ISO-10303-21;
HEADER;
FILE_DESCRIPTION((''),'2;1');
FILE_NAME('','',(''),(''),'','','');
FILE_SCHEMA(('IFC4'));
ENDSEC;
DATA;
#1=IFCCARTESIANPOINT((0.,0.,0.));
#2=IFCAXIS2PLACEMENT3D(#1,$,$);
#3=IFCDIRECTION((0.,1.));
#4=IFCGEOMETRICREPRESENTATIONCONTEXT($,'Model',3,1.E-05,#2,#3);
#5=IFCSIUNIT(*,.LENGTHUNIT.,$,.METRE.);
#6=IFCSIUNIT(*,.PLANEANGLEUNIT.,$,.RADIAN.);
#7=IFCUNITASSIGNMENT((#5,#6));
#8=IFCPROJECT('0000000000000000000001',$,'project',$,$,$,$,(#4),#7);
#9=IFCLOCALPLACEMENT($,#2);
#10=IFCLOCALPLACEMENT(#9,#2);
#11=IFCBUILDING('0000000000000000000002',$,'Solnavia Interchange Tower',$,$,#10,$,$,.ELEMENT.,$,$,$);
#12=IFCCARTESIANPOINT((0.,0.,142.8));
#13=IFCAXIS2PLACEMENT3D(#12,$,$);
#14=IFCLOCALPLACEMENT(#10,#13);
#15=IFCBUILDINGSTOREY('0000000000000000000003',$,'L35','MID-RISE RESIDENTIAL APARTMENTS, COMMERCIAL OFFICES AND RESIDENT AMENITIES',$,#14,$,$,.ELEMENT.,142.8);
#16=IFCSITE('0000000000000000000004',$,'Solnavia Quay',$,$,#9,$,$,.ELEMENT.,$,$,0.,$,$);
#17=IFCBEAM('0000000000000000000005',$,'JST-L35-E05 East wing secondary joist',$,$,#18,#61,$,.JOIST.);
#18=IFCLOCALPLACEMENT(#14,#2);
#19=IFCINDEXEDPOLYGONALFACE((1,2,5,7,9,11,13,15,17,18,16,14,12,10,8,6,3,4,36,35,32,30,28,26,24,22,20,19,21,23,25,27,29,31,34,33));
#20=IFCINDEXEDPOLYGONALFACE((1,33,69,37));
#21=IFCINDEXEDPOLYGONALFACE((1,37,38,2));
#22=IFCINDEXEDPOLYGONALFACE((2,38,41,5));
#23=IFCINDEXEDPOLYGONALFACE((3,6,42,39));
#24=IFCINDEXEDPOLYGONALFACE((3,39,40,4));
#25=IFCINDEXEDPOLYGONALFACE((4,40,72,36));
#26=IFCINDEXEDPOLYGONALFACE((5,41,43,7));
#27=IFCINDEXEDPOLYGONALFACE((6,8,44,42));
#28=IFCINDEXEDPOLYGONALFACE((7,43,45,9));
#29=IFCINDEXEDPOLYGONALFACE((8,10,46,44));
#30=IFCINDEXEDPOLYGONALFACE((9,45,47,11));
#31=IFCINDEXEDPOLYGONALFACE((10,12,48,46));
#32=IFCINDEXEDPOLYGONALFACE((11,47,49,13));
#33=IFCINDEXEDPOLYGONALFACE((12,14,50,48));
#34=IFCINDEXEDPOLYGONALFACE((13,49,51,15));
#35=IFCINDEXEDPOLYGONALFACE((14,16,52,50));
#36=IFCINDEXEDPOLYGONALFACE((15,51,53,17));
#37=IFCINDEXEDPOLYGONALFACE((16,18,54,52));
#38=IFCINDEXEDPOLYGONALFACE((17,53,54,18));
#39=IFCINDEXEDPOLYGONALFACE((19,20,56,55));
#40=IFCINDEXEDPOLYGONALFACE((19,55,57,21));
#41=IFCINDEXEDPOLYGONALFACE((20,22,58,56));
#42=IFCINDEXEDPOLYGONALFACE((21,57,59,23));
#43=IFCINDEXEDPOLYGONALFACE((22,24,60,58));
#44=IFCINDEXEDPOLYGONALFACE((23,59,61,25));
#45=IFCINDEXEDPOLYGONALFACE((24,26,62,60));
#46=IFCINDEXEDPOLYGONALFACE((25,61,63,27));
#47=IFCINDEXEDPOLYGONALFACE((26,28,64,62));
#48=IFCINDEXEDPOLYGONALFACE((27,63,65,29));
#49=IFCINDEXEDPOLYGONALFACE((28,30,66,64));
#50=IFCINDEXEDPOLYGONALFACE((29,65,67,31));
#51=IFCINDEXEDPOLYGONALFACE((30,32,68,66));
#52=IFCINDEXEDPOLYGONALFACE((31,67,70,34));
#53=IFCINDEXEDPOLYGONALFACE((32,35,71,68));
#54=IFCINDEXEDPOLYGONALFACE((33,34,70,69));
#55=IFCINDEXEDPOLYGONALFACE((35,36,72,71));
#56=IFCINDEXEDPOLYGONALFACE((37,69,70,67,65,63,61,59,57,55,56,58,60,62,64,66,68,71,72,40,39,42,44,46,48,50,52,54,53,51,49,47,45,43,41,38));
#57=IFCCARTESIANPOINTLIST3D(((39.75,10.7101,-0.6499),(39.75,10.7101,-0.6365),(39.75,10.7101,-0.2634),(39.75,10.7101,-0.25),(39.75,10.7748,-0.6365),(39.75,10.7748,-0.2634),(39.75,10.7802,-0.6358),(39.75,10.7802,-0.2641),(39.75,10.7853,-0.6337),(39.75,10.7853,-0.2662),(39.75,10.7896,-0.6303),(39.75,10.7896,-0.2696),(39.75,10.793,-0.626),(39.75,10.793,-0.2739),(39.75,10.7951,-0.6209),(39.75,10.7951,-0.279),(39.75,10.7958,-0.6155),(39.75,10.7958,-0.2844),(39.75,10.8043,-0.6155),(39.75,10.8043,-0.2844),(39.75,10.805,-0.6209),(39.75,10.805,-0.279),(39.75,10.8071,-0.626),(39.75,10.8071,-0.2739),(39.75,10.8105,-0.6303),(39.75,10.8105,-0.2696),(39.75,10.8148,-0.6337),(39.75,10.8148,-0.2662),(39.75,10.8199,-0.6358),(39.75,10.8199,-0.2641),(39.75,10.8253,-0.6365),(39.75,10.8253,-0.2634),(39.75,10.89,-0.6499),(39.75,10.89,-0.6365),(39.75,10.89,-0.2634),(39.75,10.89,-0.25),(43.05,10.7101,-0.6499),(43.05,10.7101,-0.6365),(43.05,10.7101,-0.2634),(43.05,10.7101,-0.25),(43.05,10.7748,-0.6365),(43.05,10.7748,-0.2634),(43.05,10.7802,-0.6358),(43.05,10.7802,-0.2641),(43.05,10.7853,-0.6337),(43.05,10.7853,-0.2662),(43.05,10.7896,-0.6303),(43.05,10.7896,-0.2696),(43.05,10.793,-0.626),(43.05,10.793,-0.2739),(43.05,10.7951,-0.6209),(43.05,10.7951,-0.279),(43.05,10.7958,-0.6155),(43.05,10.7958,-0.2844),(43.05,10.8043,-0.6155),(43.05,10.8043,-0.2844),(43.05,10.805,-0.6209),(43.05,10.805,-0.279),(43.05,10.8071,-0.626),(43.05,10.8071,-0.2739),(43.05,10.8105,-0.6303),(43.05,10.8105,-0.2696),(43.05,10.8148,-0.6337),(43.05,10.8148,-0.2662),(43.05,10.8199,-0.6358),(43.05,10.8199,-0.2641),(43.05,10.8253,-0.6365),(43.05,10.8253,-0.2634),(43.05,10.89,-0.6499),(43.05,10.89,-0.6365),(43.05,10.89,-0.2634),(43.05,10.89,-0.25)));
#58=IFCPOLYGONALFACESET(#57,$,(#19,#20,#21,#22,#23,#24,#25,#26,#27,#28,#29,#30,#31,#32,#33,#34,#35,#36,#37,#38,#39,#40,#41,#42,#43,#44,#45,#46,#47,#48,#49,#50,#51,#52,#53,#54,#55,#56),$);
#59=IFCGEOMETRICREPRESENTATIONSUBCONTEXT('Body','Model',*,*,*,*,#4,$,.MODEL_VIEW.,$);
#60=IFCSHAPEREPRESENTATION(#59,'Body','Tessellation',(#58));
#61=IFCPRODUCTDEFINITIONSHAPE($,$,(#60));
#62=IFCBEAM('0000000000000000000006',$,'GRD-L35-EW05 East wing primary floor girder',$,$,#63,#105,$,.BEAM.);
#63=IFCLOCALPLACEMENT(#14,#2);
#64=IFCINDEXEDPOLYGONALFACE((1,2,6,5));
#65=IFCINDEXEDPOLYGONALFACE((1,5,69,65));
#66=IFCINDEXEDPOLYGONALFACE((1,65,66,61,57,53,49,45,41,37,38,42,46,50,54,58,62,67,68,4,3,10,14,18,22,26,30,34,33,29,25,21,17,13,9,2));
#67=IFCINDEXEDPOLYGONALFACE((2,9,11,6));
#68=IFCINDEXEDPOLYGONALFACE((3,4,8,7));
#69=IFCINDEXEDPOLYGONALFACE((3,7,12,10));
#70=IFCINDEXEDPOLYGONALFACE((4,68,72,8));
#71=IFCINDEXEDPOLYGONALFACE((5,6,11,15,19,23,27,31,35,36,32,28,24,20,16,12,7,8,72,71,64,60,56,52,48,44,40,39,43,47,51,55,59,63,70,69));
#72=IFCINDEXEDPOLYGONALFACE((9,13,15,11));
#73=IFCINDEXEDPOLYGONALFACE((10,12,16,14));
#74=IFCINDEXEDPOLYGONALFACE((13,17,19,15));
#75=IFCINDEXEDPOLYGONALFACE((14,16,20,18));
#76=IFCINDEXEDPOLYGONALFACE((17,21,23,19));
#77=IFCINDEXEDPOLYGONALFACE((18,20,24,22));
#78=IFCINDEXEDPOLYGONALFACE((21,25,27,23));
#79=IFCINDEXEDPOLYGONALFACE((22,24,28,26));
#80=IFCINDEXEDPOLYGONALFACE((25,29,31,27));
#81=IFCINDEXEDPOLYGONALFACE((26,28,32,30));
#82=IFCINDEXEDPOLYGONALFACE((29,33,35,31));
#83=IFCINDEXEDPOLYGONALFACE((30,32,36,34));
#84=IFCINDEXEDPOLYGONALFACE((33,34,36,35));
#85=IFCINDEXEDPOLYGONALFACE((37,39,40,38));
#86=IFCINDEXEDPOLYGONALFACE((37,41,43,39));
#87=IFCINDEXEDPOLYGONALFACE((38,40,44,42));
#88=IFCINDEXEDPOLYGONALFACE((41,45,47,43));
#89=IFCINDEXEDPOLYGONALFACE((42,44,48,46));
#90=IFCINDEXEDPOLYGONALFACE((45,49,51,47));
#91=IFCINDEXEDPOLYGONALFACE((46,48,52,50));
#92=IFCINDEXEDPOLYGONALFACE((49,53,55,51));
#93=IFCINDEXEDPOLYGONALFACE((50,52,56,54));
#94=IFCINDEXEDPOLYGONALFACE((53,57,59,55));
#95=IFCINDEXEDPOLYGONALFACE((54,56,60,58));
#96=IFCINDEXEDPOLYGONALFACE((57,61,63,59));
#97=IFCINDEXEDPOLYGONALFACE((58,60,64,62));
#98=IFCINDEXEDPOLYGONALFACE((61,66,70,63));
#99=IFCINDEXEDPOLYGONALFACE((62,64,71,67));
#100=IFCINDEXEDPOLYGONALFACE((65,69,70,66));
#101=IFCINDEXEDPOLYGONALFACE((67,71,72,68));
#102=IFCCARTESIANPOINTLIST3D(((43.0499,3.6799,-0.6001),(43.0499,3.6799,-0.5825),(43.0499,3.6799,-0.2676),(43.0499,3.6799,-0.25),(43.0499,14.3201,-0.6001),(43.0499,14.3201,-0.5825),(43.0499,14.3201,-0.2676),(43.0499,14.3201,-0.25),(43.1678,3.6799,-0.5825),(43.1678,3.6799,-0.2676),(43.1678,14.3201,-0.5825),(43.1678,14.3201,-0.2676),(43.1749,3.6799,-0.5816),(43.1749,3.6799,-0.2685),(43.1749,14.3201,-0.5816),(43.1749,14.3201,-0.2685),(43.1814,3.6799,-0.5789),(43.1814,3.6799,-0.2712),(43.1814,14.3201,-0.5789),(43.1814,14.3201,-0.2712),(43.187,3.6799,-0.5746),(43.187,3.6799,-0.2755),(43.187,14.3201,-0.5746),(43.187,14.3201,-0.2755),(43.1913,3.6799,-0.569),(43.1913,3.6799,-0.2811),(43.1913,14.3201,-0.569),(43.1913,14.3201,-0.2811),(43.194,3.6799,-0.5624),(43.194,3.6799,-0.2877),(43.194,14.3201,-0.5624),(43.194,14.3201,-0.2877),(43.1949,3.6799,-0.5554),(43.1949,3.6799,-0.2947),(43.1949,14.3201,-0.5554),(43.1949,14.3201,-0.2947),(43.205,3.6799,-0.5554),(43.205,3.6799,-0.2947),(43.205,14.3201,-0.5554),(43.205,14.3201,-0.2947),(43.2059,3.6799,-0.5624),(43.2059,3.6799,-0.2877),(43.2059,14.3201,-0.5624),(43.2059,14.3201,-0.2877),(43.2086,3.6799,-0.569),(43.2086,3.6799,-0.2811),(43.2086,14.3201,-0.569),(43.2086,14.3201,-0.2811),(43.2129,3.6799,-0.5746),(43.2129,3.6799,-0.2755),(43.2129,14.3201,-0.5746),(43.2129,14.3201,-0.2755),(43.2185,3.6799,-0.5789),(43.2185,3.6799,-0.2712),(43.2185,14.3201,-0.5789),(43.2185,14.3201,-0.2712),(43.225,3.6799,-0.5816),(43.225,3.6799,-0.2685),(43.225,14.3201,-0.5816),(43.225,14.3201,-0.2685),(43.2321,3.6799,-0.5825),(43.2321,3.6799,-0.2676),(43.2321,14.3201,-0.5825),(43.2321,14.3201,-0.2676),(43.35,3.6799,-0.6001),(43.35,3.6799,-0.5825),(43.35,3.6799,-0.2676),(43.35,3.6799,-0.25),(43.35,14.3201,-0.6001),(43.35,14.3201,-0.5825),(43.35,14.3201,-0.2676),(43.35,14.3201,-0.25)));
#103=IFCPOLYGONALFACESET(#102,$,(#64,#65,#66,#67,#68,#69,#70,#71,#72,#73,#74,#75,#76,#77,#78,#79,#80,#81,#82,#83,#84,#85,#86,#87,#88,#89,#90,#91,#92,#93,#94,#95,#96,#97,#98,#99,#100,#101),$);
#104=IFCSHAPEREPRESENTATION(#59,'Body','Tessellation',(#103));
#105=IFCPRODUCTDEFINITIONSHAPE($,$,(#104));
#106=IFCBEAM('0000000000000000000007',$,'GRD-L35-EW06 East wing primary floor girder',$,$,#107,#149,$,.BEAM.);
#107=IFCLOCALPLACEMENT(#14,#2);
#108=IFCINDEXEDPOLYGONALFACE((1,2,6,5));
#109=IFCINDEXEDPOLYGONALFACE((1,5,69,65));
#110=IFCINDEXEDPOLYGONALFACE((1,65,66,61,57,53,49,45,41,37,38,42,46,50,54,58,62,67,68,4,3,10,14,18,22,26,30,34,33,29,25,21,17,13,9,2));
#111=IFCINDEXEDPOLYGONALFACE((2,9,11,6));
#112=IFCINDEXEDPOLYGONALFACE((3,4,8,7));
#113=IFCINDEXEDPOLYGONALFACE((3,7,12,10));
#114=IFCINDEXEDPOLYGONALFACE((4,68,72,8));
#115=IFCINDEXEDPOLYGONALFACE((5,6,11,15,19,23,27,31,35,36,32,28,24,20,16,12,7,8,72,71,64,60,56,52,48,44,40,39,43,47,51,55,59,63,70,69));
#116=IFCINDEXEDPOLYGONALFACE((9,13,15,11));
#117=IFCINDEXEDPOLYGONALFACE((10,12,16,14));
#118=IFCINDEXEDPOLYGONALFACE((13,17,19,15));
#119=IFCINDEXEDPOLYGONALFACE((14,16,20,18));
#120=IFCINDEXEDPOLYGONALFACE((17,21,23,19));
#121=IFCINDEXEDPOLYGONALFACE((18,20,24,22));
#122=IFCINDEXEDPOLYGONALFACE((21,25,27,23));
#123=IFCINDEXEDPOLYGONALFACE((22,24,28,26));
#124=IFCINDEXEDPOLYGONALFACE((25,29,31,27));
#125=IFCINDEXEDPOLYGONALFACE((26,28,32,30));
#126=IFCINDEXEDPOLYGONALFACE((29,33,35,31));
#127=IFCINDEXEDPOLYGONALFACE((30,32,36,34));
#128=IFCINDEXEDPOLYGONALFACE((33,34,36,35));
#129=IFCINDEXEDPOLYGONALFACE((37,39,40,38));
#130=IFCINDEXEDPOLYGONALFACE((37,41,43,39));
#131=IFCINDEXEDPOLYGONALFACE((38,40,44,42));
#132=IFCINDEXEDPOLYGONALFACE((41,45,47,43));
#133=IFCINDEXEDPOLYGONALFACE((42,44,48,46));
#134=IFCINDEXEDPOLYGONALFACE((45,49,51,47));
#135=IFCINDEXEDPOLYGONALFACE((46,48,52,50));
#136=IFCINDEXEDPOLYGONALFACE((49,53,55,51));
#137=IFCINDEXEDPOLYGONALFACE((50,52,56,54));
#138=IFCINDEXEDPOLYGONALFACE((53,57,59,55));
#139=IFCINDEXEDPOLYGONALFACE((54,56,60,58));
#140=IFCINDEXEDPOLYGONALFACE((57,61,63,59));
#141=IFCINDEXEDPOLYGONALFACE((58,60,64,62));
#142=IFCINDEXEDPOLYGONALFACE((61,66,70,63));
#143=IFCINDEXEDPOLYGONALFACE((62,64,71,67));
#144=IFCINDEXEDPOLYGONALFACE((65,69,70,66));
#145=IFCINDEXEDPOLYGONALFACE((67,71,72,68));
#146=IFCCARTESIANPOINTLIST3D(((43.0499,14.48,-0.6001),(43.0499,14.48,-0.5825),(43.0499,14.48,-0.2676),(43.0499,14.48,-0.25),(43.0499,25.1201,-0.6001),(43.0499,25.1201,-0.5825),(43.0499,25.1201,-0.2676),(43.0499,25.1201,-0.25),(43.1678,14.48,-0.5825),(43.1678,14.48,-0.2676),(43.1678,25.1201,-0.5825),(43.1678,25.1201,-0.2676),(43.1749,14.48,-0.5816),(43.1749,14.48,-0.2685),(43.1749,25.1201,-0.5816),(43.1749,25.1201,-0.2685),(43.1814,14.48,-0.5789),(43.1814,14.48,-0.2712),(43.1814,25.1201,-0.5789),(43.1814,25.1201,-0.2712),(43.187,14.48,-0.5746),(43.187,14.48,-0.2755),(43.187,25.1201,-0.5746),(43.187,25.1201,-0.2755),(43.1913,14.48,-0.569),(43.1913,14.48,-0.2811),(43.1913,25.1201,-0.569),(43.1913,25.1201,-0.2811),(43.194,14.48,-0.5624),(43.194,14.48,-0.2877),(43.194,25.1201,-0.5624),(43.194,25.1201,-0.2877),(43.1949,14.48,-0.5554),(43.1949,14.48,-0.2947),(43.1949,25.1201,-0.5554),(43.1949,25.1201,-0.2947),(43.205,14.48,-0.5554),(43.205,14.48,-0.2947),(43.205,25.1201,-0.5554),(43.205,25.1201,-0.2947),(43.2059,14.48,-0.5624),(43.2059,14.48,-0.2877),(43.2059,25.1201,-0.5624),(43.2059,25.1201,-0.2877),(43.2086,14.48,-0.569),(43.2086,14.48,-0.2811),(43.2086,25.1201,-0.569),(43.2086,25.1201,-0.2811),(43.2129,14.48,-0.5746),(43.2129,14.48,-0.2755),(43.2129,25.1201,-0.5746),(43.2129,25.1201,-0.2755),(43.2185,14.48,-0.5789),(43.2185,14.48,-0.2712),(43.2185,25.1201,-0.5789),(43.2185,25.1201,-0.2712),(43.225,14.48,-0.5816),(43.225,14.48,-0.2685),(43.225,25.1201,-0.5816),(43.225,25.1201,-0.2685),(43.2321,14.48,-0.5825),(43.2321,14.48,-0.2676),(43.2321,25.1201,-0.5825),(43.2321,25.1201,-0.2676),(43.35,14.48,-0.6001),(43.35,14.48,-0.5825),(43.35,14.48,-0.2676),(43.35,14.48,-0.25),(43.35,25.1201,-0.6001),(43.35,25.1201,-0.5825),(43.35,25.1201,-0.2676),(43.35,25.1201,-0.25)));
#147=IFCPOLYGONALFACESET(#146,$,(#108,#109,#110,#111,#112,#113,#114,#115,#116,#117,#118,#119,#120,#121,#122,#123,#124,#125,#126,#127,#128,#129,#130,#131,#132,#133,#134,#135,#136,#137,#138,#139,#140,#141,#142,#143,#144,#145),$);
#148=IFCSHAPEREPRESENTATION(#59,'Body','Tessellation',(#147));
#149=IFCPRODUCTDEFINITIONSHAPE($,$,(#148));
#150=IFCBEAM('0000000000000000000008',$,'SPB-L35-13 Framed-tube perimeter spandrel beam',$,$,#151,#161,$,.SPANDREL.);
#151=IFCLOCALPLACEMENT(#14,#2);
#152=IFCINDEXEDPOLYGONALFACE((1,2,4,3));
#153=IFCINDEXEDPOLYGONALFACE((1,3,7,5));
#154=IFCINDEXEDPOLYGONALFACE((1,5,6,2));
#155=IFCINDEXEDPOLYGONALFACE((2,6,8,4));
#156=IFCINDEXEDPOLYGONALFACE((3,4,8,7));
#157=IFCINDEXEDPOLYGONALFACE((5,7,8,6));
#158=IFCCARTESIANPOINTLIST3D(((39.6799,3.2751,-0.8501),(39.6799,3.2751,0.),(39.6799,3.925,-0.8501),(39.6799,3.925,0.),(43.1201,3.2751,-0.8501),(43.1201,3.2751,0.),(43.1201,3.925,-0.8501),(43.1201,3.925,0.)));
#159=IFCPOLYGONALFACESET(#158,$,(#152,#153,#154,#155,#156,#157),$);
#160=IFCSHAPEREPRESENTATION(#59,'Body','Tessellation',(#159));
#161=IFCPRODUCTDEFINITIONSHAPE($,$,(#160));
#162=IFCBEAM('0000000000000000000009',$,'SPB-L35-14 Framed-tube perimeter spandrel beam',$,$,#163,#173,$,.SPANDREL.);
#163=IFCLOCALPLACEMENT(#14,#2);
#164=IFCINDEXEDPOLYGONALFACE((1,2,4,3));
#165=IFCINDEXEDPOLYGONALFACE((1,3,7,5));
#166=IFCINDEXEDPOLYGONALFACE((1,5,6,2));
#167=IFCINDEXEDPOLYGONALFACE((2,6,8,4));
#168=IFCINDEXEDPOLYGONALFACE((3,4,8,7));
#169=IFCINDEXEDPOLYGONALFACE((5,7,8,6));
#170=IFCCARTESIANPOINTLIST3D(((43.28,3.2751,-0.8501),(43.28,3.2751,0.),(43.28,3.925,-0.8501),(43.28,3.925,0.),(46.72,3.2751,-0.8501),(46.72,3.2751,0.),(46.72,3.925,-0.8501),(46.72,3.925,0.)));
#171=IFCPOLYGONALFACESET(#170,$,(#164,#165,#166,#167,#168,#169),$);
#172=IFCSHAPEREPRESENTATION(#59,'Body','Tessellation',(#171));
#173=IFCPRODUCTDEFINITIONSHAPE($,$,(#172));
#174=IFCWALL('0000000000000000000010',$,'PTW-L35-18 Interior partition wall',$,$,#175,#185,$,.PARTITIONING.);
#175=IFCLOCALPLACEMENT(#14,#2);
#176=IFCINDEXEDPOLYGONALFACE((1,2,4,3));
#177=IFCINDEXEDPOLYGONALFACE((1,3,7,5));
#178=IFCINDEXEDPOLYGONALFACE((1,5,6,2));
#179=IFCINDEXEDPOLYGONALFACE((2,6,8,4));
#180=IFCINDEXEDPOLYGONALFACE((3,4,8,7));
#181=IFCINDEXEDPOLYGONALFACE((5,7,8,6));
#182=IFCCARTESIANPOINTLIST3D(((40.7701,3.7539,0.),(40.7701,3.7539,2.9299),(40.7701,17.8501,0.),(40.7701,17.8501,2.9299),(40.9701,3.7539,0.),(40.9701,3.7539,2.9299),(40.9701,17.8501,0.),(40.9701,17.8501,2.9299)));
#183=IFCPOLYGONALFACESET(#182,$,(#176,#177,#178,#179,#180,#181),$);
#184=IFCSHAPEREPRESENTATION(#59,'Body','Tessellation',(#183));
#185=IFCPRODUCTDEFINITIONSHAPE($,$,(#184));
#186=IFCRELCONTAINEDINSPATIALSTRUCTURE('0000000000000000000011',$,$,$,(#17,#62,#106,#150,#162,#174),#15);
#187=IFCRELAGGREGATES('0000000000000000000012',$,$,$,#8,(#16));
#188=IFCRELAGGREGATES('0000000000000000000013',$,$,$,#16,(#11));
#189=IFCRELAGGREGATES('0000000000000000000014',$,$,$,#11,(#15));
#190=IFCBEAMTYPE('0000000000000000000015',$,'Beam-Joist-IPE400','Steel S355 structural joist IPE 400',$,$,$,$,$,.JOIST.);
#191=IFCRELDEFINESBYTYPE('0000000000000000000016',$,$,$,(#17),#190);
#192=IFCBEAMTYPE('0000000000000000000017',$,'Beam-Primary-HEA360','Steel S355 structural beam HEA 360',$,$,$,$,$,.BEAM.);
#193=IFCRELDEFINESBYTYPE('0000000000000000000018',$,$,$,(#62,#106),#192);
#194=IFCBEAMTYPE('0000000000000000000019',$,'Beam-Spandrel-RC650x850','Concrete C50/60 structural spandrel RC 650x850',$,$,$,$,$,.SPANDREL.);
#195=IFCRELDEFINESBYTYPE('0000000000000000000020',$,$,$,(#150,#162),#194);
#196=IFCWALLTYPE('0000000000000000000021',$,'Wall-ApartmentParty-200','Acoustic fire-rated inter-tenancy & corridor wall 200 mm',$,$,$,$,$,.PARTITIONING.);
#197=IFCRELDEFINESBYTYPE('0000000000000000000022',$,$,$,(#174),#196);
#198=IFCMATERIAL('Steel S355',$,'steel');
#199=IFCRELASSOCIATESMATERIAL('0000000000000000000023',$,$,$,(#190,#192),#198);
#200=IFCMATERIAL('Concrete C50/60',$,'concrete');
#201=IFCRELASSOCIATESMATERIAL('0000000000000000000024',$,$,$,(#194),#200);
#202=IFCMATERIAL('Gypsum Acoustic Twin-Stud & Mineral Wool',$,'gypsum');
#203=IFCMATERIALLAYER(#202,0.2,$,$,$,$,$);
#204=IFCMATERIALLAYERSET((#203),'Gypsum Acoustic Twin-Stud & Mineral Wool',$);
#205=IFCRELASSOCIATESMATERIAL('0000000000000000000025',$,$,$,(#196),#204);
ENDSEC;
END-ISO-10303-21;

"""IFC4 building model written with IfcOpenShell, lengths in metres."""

from ifc_helpers import new_model, si_unit, direction, frame, frame_2d, origin, origin_2d, place, context, subcontext, project, spatial, rectangle, i_section, extrude, material, layer, layer_set, material_profile, profile_set, type_object, element, save


model = new_model("IFC4")

# Units and contexts
model_context = context("Model", 3, precision=1e-05, world=origin(), true_north=direction((0.0, 1.0)))
body_context = subcontext(model_context, "Body", "Model", "MODEL_VIEW")
ifc_project = project(units=[si_unit("LENGTHUNIT", "METRE"), si_unit("PLANEANGLEUNIT", "RADIAN")], contexts=[model_context])

# Site, building, storey
site_placement = place(None, origin())
site = spatial("IfcSite", under=ifc_project, at=site_placement, Name="Solnavia Quay", CompositionType="ELEMENT", RefElevation=0.0)
building_placement = place(site_placement, origin())
building = spatial("IfcBuilding", under=site, at=building_placement, Name="Solnavia Interchange Tower", CompositionType="ELEMENT")
storey_placement = place(building_placement, frame((0.0, 0.0, 142.8)))
storey = spatial("IfcBuildingStorey", under=building, at=storey_placement, Name="L35", Description="MID-RISE RESIDENTIAL APARTMENTS, COMMERCIAL OFFICES AND RESIDENT AMENITIES", CompositionType="ELEMENT", Elevation=142.8)

# Shared definitions
ifc_material_1 = material(Name="Concrete C50/60", Category="concrete")
ifc_material_2 = material(Name="Steel S355", Category="steel")

# Beams
ifc_material_profile_1 = material_profile(ifc_material_2, i_section(OverallWidth=0.1799, OverallDepth=0.3999, WebThickness=0.0085, FlangeThickness=0.0134, FilletRadius=0.021, at=origin_2d()), Name="IPE 400")
ifc_profile_set_1 = profile_set([ifc_material_profile_1], Name="Steel S355")
beam_type_1 = type_object("IfcBeamType", Name="Beam-Joist-IPE400", Description="Steel S355 structural joist IPE 400", PredefinedType="JOIST", material=ifc_profile_set_1)
for number, where, z_axis, x_axis, name in (
    (1, (39.75, 10.8, -0.45), (1.0, 0.0, 0.0), (0.0, 1.0, 0.0), "JST-L35-E05 East wing secondary joist"),
):
    element("IfcBeam", number, at=place(storey_placement, frame(where, z_axis=z_axis, x_axis=x_axis)), inside=storey, type_object=beam_type_1, Name=name, PredefinedType="JOIST", context=body_context, shape_type="SweptSolid", body=[
        extrude(i_section(OverallWidth=0.1799, OverallDepth=0.3999, WebThickness=0.0085, FlangeThickness=0.0134, FilletRadius=0.021, at=origin_2d()), origin(), (0.0, 0.0, 1.0), 3.3),
    ])
ifc_material_profile_2 = material_profile(ifc_material_2, i_section(OverallWidth=0.3, OverallDepth=0.3501, WebThickness=0.01, FlangeThickness=0.0176, FilletRadius=0.0271, at=origin_2d()), Name="HEA 360")
ifc_profile_set_2 = profile_set([ifc_material_profile_2], Name="Steel S355")
beam_type_2 = type_object("IfcBeamType", Name="Beam-Primary-HEA360", Description="Steel S355 structural beam HEA 360", PredefinedType="BEAM", material=ifc_profile_set_2)
for number, where, z_axis, x_axis, name in (
    (2, (43.2, 3.6799, -0.425), (0.0, 1.0, 0.0), (-1.0, 0.0, 0.0), "GRD-L35-EW05 East wing primary floor girder"),
    (3, (43.2, 14.48, -0.425), (0.0, 1.0, 0.0), (-1.0, 0.0, 0.0), "GRD-L35-EW06 East wing primary floor girder"),
):
    element("IfcBeam", number, at=place(storey_placement, frame(where, z_axis=z_axis, x_axis=x_axis)), inside=storey, type_object=beam_type_2, Name=name, PredefinedType="BEAM", context=body_context, shape_type="SweptSolid", body=[
        extrude(i_section(OverallWidth=0.3, OverallDepth=0.3501, WebThickness=0.01, FlangeThickness=0.0176, FilletRadius=0.0271, at=origin_2d()), origin(), (0.0, 0.0, 1.0), 10.6401),
    ])
ifc_material_profile_3 = material_profile(ifc_material_1, rectangle(XDim=0.6499, YDim=0.8501, at=origin_2d()), Name="RC 650x850")
ifc_profile_set_3 = profile_set([ifc_material_profile_3], Name="Concrete C50/60")
beam_type_3 = type_object("IfcBeamType", Name="Beam-Spandrel-RC650x850", Description="Concrete C50/60 structural spandrel RC 650x850", PredefinedType="SPANDREL", material=ifc_profile_set_3)
beam_1_placement = place(storey_placement, frame((39.6799, 3.6001, -0.425), z_axis=(1.0, 0.0, 0.0), x_axis=(0.0, 1.0, 0.0)))
element("IfcBeam", 4, at=beam_1_placement, inside=storey, type_object=beam_type_3, Name="SPB-L35-13 Framed-tube perimeter spandrel beam", PredefinedType="SPANDREL", context=body_context, shape_type="SweptSolid", body=[
    extrude(rectangle(XDim=0.6499, YDim=0.8501, at=origin_2d()), origin(), (0.0, 0.0, 1.0), 3.4402),
])
beam_2_placement = place(storey_placement, frame((43.28, 3.6001, -0.425), z_axis=(1.0, 0.0, 0.0), x_axis=(0.0, 1.0, 0.0)))
element("IfcBeam", 5, at=beam_2_placement, inside=storey, type_object=beam_type_3, Name="SPB-L35-14 Framed-tube perimeter spandrel beam", PredefinedType="SPANDREL", context=body_context, shape_type="SweptSolid", body=[
    extrude(rectangle(XDim=0.6499, YDim=0.8501, at=origin_2d()), origin(), (0.0, 0.0, 1.0), 3.4399),
])

# Wall
ifc_material_3 = material(Name="Gypsum Acoustic Twin-Stud & Mineral Wool", Category="gypsum")
ifc_layer_1 = layer(ifc_material_3, 0.2)
ifc_layer_set_1 = layer_set([ifc_layer_1], Name="Gypsum Acoustic Twin-Stud & Mineral Wool")
wall_type_1 = type_object("IfcWallType", Name="Wall-ApartmentParty-200", Description="Acoustic fire-rated inter-tenancy & corridor wall 200 mm", PredefinedType="PARTITIONING", material=ifc_layer_set_1)
wall_1_placement = place(storey_placement, frame((40.8701, 3.7539, 0.0), z_axis=(0.0, 0.0, 1.0), x_axis=(0.0, 1.0, 0.0)))
element("IfcWall", 6, at=wall_1_placement, inside=storey, type_object=wall_type_1, Name="PTW-L35-18 Interior partition wall", PredefinedType="PARTITIONING", context=body_context, shape_type="SweptSolid", body=[
    extrude(rectangle(XDim=14.0962, YDim=0.2, at=frame_2d((7.0481, 0.0))), origin(), (0.0, 0.0, 1.0), 2.9299),
])

save(model, "model.ifc")
